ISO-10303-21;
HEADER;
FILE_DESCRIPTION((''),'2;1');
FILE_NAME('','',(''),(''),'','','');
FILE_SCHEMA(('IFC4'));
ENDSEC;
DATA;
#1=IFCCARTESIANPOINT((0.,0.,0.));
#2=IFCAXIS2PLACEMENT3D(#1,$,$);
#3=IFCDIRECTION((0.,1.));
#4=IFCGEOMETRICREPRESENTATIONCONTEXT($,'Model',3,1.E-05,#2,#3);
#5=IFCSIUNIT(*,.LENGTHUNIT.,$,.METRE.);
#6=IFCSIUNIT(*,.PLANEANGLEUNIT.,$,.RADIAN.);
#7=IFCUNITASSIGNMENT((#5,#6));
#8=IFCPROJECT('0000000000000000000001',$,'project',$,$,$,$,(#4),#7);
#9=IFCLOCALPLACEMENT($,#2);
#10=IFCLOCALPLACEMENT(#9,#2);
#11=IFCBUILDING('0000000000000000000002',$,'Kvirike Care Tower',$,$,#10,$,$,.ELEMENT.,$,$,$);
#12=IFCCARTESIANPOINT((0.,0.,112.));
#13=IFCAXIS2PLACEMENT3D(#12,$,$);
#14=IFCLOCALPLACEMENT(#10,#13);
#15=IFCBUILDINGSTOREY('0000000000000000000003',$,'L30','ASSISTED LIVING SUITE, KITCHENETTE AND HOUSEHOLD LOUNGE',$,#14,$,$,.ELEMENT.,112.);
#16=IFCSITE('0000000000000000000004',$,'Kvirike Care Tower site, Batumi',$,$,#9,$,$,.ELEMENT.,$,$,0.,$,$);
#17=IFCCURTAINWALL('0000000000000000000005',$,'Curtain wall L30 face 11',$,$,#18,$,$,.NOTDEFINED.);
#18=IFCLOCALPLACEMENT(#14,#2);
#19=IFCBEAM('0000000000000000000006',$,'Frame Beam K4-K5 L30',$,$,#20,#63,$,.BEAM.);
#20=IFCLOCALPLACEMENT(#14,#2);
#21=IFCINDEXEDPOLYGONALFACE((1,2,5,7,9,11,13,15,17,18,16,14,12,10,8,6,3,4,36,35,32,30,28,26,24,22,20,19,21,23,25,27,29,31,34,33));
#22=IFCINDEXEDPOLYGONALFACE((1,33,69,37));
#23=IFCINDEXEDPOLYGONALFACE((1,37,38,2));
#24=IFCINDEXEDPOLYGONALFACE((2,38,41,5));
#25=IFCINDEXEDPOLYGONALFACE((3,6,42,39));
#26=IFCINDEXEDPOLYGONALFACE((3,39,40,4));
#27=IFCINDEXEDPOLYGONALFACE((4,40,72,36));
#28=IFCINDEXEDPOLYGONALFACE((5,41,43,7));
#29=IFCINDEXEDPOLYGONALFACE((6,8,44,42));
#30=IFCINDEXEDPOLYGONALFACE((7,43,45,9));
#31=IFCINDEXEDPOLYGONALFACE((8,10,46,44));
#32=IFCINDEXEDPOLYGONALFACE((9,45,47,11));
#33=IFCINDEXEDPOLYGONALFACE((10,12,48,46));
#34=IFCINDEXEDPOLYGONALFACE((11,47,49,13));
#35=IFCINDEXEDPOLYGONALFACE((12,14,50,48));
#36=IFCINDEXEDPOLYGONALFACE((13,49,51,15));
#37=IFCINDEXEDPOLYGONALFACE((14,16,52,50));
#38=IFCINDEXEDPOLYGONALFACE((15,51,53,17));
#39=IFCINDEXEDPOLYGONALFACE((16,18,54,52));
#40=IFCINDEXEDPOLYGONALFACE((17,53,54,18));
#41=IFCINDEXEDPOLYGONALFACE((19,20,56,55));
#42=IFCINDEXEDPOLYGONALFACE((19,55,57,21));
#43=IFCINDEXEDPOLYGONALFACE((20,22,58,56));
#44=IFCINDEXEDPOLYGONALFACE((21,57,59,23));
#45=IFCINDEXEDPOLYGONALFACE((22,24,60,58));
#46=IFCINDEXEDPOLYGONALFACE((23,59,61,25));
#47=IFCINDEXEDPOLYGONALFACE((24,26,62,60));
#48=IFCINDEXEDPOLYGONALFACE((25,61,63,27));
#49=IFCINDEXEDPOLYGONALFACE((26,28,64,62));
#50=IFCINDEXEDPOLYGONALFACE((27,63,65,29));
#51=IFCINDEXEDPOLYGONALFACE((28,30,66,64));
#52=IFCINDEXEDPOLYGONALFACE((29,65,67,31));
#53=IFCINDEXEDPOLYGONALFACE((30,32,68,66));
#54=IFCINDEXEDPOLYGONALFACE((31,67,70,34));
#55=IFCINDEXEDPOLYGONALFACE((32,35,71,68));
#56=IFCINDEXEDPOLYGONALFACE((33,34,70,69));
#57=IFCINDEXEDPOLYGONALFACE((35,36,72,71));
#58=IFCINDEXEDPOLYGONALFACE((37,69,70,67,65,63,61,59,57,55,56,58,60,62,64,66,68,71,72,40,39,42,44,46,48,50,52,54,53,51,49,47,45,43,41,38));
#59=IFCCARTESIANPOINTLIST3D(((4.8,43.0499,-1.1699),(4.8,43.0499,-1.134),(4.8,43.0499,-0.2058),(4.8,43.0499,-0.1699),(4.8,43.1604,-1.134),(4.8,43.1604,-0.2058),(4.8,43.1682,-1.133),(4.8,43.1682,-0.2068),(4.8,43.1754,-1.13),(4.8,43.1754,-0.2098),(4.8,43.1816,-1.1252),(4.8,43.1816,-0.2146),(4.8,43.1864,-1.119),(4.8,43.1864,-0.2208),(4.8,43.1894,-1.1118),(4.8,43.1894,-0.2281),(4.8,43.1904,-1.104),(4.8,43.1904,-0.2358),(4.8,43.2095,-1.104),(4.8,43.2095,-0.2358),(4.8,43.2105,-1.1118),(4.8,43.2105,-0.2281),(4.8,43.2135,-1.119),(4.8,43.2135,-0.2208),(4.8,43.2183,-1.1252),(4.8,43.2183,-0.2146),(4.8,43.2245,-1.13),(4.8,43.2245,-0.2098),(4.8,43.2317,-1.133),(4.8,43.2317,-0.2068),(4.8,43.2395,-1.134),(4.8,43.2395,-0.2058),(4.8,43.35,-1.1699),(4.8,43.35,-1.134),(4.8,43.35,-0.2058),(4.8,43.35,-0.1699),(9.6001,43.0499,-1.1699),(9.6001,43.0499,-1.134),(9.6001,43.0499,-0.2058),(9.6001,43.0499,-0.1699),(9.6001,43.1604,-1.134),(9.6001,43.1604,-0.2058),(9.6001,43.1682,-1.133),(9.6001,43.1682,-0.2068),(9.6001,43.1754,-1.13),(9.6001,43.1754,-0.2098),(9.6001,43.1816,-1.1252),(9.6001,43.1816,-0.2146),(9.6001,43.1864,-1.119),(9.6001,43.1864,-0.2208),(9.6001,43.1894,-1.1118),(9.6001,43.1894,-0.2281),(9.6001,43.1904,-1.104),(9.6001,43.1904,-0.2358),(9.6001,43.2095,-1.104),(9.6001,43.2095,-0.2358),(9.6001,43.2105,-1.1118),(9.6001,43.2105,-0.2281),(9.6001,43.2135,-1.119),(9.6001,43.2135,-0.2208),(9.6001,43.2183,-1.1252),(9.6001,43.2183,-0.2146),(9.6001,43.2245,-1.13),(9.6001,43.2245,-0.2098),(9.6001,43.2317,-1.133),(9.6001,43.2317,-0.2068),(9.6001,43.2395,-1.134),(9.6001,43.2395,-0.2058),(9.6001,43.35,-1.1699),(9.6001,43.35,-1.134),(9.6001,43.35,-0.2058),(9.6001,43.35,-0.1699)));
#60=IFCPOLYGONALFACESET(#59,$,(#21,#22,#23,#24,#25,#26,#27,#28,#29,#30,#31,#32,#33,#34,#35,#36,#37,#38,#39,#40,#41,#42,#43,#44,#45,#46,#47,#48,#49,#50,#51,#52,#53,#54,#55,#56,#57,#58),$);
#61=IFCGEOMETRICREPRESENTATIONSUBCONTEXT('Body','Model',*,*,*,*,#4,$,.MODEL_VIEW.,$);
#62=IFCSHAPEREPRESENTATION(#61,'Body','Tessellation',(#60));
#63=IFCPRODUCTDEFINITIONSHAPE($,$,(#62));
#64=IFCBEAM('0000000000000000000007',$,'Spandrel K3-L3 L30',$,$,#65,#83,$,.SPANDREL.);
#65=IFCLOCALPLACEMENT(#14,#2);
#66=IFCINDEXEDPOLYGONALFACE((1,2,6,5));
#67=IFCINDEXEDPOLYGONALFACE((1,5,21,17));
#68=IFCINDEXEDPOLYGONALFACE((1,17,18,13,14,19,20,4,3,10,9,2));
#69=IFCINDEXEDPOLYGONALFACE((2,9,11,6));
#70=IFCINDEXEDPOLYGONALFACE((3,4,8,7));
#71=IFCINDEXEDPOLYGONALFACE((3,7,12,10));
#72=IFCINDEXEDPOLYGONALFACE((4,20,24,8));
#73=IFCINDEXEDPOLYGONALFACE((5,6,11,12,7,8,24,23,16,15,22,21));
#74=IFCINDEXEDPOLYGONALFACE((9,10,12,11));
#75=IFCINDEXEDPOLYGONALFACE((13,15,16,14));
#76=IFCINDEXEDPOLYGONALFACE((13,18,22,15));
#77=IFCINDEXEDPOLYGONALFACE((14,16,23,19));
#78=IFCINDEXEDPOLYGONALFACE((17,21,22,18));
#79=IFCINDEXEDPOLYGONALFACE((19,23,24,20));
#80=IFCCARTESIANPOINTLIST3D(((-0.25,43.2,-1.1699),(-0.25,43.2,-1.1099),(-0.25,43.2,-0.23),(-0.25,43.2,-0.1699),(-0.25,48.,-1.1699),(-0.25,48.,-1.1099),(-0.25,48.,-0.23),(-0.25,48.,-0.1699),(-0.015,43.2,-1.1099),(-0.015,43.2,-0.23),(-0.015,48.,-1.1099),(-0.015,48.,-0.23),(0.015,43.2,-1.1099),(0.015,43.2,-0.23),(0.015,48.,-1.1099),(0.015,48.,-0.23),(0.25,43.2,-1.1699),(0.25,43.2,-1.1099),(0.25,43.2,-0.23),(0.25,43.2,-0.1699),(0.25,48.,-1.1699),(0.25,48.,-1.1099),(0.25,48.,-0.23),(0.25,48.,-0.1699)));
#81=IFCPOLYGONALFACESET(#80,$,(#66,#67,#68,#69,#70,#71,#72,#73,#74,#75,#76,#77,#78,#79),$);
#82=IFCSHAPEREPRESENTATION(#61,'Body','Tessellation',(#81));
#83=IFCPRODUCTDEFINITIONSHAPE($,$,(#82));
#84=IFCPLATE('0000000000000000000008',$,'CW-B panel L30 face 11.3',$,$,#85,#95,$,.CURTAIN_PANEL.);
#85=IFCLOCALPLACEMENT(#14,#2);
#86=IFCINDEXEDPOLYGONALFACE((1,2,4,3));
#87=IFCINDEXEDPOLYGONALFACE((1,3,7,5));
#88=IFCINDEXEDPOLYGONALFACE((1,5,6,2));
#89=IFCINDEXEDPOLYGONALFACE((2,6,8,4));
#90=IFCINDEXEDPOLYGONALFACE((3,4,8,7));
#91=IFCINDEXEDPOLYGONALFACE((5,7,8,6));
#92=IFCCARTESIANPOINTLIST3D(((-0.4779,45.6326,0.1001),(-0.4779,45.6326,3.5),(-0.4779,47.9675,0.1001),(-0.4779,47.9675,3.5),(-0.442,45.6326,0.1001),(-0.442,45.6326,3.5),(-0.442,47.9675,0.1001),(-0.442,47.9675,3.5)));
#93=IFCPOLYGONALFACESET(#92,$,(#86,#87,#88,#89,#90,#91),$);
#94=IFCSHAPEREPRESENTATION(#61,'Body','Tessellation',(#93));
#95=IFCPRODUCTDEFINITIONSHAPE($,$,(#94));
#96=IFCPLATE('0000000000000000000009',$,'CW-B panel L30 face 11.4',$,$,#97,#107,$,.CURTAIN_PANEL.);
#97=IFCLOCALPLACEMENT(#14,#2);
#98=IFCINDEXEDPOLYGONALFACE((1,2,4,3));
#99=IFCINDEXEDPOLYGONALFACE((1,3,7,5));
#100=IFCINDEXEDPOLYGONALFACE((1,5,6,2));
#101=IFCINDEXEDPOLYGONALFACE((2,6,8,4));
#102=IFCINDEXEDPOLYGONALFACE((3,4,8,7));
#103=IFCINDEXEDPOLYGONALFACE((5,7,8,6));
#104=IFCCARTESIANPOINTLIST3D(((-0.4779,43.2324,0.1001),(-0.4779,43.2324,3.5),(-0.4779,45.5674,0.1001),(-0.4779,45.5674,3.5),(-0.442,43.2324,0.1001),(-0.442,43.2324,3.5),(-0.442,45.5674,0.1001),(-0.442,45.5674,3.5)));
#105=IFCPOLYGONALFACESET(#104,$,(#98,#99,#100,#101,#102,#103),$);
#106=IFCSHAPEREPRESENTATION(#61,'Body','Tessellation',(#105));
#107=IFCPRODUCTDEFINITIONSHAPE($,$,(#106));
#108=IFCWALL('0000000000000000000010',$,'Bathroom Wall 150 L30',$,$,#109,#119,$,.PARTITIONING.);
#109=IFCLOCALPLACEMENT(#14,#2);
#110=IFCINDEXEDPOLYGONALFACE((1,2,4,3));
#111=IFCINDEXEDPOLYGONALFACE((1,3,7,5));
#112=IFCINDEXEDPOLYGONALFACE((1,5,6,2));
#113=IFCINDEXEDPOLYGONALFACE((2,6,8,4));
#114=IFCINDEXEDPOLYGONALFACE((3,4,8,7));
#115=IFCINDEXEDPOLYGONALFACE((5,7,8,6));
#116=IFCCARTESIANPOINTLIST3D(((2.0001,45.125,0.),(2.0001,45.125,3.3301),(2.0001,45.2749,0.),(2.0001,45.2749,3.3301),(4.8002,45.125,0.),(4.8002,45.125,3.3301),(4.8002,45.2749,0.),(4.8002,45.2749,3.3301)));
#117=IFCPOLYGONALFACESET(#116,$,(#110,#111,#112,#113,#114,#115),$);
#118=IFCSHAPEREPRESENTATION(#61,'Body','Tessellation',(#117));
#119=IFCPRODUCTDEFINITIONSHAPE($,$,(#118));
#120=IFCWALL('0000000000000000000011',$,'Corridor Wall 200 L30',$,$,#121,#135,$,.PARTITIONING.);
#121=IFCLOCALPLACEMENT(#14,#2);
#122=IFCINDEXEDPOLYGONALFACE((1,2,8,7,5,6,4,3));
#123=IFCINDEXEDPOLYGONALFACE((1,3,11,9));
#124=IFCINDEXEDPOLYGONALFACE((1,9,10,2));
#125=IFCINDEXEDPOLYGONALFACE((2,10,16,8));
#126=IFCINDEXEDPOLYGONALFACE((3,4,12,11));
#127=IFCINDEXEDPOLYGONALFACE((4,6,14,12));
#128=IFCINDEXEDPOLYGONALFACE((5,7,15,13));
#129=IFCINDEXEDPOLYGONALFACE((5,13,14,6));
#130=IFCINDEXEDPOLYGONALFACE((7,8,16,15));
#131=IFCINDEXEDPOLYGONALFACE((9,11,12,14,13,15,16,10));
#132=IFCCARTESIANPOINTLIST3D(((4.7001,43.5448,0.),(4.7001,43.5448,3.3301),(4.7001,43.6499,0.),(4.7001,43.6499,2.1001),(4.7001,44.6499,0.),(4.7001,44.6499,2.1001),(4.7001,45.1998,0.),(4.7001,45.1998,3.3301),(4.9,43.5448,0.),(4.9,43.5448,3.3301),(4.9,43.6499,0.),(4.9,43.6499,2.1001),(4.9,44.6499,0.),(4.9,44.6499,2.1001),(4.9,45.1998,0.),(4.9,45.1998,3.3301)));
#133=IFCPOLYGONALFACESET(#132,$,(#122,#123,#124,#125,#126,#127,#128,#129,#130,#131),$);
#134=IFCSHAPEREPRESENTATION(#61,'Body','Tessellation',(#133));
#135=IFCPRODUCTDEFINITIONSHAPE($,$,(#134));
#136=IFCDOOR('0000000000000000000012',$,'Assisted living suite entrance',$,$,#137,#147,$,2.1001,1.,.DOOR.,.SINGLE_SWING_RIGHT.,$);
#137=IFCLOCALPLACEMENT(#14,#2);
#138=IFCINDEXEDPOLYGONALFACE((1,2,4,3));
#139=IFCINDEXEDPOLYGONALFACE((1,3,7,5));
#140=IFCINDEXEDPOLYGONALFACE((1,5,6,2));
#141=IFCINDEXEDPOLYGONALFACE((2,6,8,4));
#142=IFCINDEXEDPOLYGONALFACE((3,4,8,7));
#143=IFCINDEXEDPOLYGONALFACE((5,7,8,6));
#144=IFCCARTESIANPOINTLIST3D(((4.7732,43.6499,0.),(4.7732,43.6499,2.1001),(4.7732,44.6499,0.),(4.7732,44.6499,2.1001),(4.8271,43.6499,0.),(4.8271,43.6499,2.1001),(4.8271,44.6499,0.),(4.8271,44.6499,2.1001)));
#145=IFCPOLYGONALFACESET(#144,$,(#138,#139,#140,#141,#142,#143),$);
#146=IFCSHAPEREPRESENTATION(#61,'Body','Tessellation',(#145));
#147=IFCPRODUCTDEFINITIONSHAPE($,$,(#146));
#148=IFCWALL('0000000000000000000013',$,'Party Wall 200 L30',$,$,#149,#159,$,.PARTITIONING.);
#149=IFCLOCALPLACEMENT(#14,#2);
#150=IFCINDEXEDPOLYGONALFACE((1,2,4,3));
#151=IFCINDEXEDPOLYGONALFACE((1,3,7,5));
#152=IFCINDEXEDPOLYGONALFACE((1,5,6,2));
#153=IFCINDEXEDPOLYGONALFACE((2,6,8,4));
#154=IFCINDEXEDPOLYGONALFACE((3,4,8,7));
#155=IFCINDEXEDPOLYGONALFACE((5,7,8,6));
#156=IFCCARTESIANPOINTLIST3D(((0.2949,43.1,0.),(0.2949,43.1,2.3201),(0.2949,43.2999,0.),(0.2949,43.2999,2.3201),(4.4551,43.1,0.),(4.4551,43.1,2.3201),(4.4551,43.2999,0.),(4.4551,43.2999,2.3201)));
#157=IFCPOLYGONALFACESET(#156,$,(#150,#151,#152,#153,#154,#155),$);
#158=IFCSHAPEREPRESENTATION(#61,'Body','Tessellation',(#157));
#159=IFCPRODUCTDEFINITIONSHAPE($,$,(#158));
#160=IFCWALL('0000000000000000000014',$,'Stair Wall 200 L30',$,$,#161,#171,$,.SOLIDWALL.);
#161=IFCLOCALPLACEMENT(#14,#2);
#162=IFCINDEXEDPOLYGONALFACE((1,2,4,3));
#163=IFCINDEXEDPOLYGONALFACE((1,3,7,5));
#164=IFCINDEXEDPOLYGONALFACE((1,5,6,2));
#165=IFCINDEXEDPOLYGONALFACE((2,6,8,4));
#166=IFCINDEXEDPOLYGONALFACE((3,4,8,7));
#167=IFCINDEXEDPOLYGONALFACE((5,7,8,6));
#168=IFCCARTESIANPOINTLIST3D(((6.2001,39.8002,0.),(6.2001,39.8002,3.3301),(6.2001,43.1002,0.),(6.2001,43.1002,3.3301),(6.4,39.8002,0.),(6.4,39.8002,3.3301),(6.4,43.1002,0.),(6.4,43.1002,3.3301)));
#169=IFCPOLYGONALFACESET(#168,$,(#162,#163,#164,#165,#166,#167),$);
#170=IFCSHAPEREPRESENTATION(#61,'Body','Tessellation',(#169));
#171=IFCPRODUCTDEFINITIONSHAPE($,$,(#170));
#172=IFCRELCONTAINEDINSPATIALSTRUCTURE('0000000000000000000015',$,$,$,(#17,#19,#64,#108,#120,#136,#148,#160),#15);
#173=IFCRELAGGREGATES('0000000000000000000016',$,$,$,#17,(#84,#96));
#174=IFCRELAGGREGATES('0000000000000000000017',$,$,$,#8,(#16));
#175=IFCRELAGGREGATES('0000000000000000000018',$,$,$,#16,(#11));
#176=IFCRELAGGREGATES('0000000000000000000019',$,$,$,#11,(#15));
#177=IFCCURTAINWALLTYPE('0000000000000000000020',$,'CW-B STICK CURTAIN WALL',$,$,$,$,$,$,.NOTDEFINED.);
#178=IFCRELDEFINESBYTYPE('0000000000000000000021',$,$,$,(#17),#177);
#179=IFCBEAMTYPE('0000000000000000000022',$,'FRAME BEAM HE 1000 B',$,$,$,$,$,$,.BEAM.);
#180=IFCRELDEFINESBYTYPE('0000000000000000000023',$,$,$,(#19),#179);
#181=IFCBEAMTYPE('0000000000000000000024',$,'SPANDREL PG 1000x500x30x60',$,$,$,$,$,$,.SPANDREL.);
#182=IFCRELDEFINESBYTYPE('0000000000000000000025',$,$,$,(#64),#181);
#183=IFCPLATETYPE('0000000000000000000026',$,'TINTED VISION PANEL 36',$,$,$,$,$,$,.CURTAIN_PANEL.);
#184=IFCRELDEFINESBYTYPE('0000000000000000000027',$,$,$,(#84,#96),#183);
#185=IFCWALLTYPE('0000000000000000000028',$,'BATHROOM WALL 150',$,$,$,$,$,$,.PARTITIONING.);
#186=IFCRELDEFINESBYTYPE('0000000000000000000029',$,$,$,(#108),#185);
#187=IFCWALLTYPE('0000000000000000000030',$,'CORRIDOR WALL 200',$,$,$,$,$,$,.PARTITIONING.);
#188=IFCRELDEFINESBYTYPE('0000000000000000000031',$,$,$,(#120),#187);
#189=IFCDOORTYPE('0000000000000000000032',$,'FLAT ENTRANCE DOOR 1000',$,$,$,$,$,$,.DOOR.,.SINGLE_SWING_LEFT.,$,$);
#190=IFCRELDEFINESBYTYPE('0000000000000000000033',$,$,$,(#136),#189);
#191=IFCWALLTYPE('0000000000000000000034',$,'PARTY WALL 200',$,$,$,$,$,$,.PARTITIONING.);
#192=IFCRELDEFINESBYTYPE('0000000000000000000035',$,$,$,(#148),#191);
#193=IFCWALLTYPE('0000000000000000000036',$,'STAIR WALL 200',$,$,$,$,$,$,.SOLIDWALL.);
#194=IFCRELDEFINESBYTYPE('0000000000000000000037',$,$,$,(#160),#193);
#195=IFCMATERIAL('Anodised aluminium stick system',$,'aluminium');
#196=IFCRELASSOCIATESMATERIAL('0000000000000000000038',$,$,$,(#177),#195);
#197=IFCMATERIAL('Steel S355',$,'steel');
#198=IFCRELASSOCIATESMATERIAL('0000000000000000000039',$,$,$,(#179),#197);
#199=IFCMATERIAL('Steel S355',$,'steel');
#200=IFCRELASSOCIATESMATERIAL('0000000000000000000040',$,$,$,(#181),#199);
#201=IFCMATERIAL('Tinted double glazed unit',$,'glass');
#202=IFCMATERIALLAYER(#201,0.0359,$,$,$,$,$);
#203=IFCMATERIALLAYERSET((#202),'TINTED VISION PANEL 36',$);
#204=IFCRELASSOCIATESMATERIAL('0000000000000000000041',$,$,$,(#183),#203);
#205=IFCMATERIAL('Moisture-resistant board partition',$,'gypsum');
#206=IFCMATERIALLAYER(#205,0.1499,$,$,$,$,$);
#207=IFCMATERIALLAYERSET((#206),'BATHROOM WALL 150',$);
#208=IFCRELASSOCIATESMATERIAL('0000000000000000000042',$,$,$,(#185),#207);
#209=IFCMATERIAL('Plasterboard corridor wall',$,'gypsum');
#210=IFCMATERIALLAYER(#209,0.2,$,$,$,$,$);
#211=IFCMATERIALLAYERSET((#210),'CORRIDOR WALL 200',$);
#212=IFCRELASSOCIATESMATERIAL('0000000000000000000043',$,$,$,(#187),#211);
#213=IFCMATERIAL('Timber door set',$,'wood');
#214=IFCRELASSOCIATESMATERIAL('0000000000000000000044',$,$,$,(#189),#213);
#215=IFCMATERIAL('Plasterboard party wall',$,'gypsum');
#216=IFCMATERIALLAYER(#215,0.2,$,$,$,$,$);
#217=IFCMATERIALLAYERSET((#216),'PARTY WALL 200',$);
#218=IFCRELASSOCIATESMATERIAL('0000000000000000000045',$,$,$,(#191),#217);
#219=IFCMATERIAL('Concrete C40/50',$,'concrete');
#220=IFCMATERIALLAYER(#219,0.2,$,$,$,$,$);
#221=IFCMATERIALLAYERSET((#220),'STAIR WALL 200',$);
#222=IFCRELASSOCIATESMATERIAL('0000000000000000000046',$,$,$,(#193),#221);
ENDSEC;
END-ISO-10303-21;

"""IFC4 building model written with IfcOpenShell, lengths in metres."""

from ifc_helpers import new_model, si_unit, direction, frame, frame_2d, origin, origin_2d, place, context, subcontext, project, spatial, rectangle, i_section, extrude, material, layer, layer_set, material_profile, profile_set, type_object, element, fill, aggregate, save


model = new_model("IFC4")

# Units and contexts
model_context = context("Model", 3, precision=1e-05, world=origin(), true_north=direction((0.0, 1.0)))
body_context = subcontext(model_context, "Body", "Model", "MODEL_VIEW")
ifc_project = project(units=[si_unit("LENGTHUNIT", "METRE"), si_unit("PLANEANGLEUNIT", "RADIAN")], contexts=[model_context])

# Site, building, storey
site_placement = place(None, origin())
site = spatial("IfcSite", under=ifc_project, at=site_placement, Name="Kvirike Care Tower site, Batumi", CompositionType="ELEMENT", RefElevation=0.0)
building_placement = place(site_placement, origin())
building = spatial("IfcBuilding", under=site, at=building_placement, Name="Kvirike Care Tower", CompositionType="ELEMENT")
storey_placement = place(building_placement, frame((0.0, 0.0, 112.0)))
storey = spatial("IfcBuildingStorey", under=building, at=storey_placement, Name="L30", Description="ASSISTED LIVING SUITE, KITCHENETTE AND HOUSEHOLD LOUNGE", CompositionType="ELEMENT", Elevation=112.0)

# Curtain wall
ifc_material_1 = material(Name="Anodised aluminium stick system", Category="aluminium")
curtain_wall_type = type_object("IfcCurtainWallType", Name="CW-B STICK CURTAIN WALL", PredefinedType="NOTDEFINED", material=ifc_material_1)
curtain_wall_placement = place(storey_placement, origin())
curtain_wall = element("IfcCurtainWall", 1, at=curtain_wall_placement, inside=storey, type_object=curtain_wall_type, Name="Curtain wall L30 face 11", PredefinedType="NOTDEFINED")

# Beams
ifc_material_2 = material(Name="Steel S355", Category="steel")
ifc_material_profile_1 = material_profile(ifc_material_2, i_section(OverallWidth=0.3, OverallDepth=1.0, WebThickness=0.019, FlangeThickness=0.0359, FilletRadius=0.03, at=origin_2d()), Name="HE 1000 B")
ifc_profile_set_1 = profile_set([ifc_material_profile_1], Name="Steel S355")
beam_type_1 = type_object("IfcBeamType", Name="FRAME BEAM HE 1000 B", PredefinedType="BEAM", material=ifc_profile_set_1)
for number, where, z_axis, x_axis, name in (
    (2, (4.8, 43.2, -0.6699), (1.0, 0.0, 0.0), (0.0, 1.0, 0.0), "Frame Beam K4-K5 L30"),
):
    element("IfcBeam", number, at=place(storey_placement, frame(where, z_axis=z_axis, x_axis=x_axis)), inside=storey, type_object=beam_type_1, Name=name, PredefinedType="BEAM", context=body_context, shape_type="SweptSolid", body=[
        extrude(i_section(OverallWidth=0.3, OverallDepth=1.0, WebThickness=0.019, FlangeThickness=0.0359, FilletRadius=0.03, at=origin_2d()), origin(), (0.0, 0.0, 1.0), 4.8),
    ])
ifc_material_3 = material(Name="Steel S355", Category="steel")
ifc_material_profile_2 = material_profile(ifc_material_3, i_section(OverallWidth=0.5, OverallDepth=1.0, WebThickness=0.03, FlangeThickness=0.0601, at=origin_2d()), Name="PG 1000x500x30x60")
ifc_profile_set_2 = profile_set([ifc_material_profile_2], Name="Steel S355")
beam_type_2 = type_object("IfcBeamType", Name="SPANDREL PG 1000x500x30x60", PredefinedType="SPANDREL", material=ifc_profile_set_2)
beam_placement = place(storey_placement, frame((0.0, 43.2, -0.6699), z_axis=(0.0, 1.0, 0.0), x_axis=(-1.0, 0.0, 0.0)))
element("IfcBeam", 3, at=beam_placement, inside=storey, type_object=beam_type_2, Name="Spandrel K3-L3 L30", PredefinedType="SPANDREL", context=body_context, shape_type="SweptSolid", body=[
    extrude(i_section(OverallWidth=0.5, OverallDepth=1.0, WebThickness=0.03, FlangeThickness=0.0601, at=origin_2d()), origin(), (0.0, 0.0, 1.0), 4.8),
])

# Plates
ifc_material_4 = material(Name="Tinted double glazed unit", Category="glass")
ifc_layer_1 = layer(ifc_material_4, 0.0359)
ifc_layer_set_1 = layer_set([ifc_layer_1], Name="TINTED VISION PANEL 36")
plate_type = type_object("IfcPlateType", Name="TINTED VISION PANEL 36", PredefinedType="CURTAIN_PANEL", material=ifc_layer_set_1)
plate_1_placement = place(storey_placement, frame((-0.46, 46.8, 0.1001), z_axis=(0.0, 0.0, 1.0), x_axis=(0.0, -1.0, 0.0)))
plate_1 = element("IfcPlate", 4, at=plate_1_placement, type_object=plate_type, Name="CW-B panel L30 face 11.3", PredefinedType="CURTAIN_PANEL", context=body_context, shape_type="SweptSolid", body=[
    extrude(rectangle(XDim=2.335, YDim=0.0359, at=origin_2d()), origin(), (0.0, 0.0, 1.0), 3.3999),
])
plate_2_placement = place(storey_placement, frame((-0.46, 44.3999, 0.1001), z_axis=(0.0, 0.0, 1.0), x_axis=(0.0, -1.0, 0.0)))
plate_2 = element("IfcPlate", 5, at=plate_2_placement, type_object=plate_type, Name="CW-B panel L30 face 11.4", PredefinedType="CURTAIN_PANEL", context=body_context, shape_type="SweptSolid", body=[
    extrude(rectangle(XDim=2.335, YDim=0.0359, at=origin_2d()), origin(), (0.0, 0.0, 1.0), 3.3999),
])
aggregate(curtain_wall, [plate_1, plate_2])

# Wall
ifc_material_5 = material(Name="Moisture-resistant board partition", Category="gypsum")
ifc_layer_2 = layer(ifc_material_5, 0.1499)
ifc_layer_set_2 = layer_set([ifc_layer_2], Name="BATHROOM WALL 150")
wall_type_1 = type_object("IfcWallType", Name="BATHROOM WALL 150", PredefinedType="PARTITIONING", material=ifc_layer_set_2)
wall_1_placement = place(storey_placement, frame((4.8, 45.2, 0.0), z_axis=(0.0, 0.0, 1.0), x_axis=(-1.0, 0.0, 0.0)))
element("IfcWall", 6, at=wall_1_placement, inside=storey, type_object=wall_type_1, Name="Bathroom Wall 150 L30", PredefinedType="PARTITIONING", context=body_context, shape_type="SweptSolid", body=[
    extrude(rectangle(XDim=2.8, YDim=0.1499, at=frame_2d((1.3999, 0.0))), origin(), (0.0, 0.0, 1.0), 3.3301),
])

# Wall, opening, door
ifc_material_6 = material(Name="Plasterboard corridor wall", Category="gypsum")
ifc_layer_3 = layer(ifc_material_6, 0.2)
ifc_layer_set_3 = layer_set([ifc_layer_3], Name="CORRIDOR WALL 200")
wall_type_2 = type_object("IfcWallType", Name="CORRIDOR WALL 200", PredefinedType="PARTITIONING", material=ifc_layer_set_3)
wall_2_placement = place(storey_placement, frame((4.8, 45.2, 0.0), z_axis=(0.0, 0.0, 1.0), x_axis=(0.0, -1.0, 0.0)))
wall_2 = element("IfcWall", 7, at=wall_2_placement, inside=storey, type_object=wall_type_2, Name="Corridor Wall 200 L30", PredefinedType="PARTITIONING", context=body_context, shape_type="SweptSolid", body=[
    extrude(rectangle(XDim=1.655, YDim=0.2, at=frame_2d((0.8276, 0.0))), origin(), (0.0, 0.0, 1.0), 3.3301),
])
opening_placement = place(wall_2_placement, frame((0.55, 0.0, 0.0)))
opening = element("IfcOpeningElement", 8, at=opening_placement, cuts=wall_2, PredefinedType="OPENING", context=body_context, shape_type="SweptSolid", body=[
    extrude(rectangle(XDim=1.0, YDim=2.1001, at=frame_2d((0.5, 1.05))), frame((0.0, 0.1106, 0.0), z_axis=(0.0, -1.0, 0.0), x_axis=(1.0, 0.0, 0.0)), (0.0, 0.0, 1.0), 0.2209),
])
ifc_material_7 = material(Name="Timber door set", Category="wood")
door_type = type_object("IfcDoorType", Name="FLAT ENTRANCE DOOR 1000", OperationType="SINGLE_SWING_LEFT", PredefinedType="DOOR", material=ifc_material_7)
door_placement = place(opening_placement, frame((1.0, 0.0, 0.0), z_axis=(0.0, 0.0, 1.0), x_axis=(-1.0, 0.0, 0.0)))
door = element("IfcDoor", 9, at=door_placement, inside=storey, type_object=door_type, Name="Assisted living suite entrance", OperationType="SINGLE_SWING_RIGHT", OverallHeight=2.1001, OverallWidth=1.0, PredefinedType="DOOR", context=body_context, shape_type="SweptSolid", body=[
    extrude(rectangle(XDim=1.0, YDim=2.1001, at=frame_2d((0.5, 1.05))), frame((0.0, 0.0269, 0.0), z_axis=(0.0, -1.0, 0.0), x_axis=(1.0, 0.0, 0.0)), (0.0, 0.0, 1.0), 0.054),
])
fill(opening, door)

# Walls
ifc_material_8 = material(Name="Plasterboard party wall", Category="gypsum")
ifc_layer_4 = layer(ifc_material_8, 0.2)
ifc_layer_set_4 = layer_set([ifc_layer_4], Name="PARTY WALL 200")
wall_type_3 = type_object("IfcWallType", Name="PARTY WALL 200", PredefinedType="PARTITIONING", material=ifc_layer_set_4)
wall_3_placement = place(storey_placement, frame((4.4551, 43.2, 0.0), z_axis=(0.0, 0.0, 1.0), x_axis=(-1.0, 0.0, 0.0)))
element("IfcWall", 10, at=wall_3_placement, inside=storey, type_object=wall_type_3, Name="Party Wall 200 L30", PredefinedType="PARTITIONING", context=body_context, shape_type="SweptSolid", body=[
    extrude(rectangle(XDim=4.1602, YDim=0.2, at=frame_2d((2.0801, 0.0))), origin(), (0.0, 0.0, 1.0), 2.3201),
])
ifc_material_9 = material(Name="Concrete C40/50", Category="concrete")
ifc_layer_5 = layer(ifc_material_9, 0.2)
ifc_layer_set_5 = layer_set([ifc_layer_5], Name="STAIR WALL 200")
wall_type_4 = type_object("IfcWallType", Name="STAIR WALL 200", PredefinedType="SOLIDWALL", material=ifc_layer_set_5)
wall_4_placement = place(storey_placement, frame((6.3, 43.1001, 0.0), z_axis=(0.0, 0.0, 1.0), x_axis=(0.0, -1.0, 0.0)))
element("IfcWall", 11, at=wall_4_placement, inside=storey, type_object=wall_type_4, Name="Stair Wall 200 L30", PredefinedType="SOLIDWALL", context=body_context, shape_type="SweptSolid", body=[
    extrude(rectangle(XDim=3.3, YDim=0.2, at=frame_2d((1.6499, 0.0))), origin(), (0.0, 0.0, 1.0), 3.3301),
])

save(model, "model.ifc")
